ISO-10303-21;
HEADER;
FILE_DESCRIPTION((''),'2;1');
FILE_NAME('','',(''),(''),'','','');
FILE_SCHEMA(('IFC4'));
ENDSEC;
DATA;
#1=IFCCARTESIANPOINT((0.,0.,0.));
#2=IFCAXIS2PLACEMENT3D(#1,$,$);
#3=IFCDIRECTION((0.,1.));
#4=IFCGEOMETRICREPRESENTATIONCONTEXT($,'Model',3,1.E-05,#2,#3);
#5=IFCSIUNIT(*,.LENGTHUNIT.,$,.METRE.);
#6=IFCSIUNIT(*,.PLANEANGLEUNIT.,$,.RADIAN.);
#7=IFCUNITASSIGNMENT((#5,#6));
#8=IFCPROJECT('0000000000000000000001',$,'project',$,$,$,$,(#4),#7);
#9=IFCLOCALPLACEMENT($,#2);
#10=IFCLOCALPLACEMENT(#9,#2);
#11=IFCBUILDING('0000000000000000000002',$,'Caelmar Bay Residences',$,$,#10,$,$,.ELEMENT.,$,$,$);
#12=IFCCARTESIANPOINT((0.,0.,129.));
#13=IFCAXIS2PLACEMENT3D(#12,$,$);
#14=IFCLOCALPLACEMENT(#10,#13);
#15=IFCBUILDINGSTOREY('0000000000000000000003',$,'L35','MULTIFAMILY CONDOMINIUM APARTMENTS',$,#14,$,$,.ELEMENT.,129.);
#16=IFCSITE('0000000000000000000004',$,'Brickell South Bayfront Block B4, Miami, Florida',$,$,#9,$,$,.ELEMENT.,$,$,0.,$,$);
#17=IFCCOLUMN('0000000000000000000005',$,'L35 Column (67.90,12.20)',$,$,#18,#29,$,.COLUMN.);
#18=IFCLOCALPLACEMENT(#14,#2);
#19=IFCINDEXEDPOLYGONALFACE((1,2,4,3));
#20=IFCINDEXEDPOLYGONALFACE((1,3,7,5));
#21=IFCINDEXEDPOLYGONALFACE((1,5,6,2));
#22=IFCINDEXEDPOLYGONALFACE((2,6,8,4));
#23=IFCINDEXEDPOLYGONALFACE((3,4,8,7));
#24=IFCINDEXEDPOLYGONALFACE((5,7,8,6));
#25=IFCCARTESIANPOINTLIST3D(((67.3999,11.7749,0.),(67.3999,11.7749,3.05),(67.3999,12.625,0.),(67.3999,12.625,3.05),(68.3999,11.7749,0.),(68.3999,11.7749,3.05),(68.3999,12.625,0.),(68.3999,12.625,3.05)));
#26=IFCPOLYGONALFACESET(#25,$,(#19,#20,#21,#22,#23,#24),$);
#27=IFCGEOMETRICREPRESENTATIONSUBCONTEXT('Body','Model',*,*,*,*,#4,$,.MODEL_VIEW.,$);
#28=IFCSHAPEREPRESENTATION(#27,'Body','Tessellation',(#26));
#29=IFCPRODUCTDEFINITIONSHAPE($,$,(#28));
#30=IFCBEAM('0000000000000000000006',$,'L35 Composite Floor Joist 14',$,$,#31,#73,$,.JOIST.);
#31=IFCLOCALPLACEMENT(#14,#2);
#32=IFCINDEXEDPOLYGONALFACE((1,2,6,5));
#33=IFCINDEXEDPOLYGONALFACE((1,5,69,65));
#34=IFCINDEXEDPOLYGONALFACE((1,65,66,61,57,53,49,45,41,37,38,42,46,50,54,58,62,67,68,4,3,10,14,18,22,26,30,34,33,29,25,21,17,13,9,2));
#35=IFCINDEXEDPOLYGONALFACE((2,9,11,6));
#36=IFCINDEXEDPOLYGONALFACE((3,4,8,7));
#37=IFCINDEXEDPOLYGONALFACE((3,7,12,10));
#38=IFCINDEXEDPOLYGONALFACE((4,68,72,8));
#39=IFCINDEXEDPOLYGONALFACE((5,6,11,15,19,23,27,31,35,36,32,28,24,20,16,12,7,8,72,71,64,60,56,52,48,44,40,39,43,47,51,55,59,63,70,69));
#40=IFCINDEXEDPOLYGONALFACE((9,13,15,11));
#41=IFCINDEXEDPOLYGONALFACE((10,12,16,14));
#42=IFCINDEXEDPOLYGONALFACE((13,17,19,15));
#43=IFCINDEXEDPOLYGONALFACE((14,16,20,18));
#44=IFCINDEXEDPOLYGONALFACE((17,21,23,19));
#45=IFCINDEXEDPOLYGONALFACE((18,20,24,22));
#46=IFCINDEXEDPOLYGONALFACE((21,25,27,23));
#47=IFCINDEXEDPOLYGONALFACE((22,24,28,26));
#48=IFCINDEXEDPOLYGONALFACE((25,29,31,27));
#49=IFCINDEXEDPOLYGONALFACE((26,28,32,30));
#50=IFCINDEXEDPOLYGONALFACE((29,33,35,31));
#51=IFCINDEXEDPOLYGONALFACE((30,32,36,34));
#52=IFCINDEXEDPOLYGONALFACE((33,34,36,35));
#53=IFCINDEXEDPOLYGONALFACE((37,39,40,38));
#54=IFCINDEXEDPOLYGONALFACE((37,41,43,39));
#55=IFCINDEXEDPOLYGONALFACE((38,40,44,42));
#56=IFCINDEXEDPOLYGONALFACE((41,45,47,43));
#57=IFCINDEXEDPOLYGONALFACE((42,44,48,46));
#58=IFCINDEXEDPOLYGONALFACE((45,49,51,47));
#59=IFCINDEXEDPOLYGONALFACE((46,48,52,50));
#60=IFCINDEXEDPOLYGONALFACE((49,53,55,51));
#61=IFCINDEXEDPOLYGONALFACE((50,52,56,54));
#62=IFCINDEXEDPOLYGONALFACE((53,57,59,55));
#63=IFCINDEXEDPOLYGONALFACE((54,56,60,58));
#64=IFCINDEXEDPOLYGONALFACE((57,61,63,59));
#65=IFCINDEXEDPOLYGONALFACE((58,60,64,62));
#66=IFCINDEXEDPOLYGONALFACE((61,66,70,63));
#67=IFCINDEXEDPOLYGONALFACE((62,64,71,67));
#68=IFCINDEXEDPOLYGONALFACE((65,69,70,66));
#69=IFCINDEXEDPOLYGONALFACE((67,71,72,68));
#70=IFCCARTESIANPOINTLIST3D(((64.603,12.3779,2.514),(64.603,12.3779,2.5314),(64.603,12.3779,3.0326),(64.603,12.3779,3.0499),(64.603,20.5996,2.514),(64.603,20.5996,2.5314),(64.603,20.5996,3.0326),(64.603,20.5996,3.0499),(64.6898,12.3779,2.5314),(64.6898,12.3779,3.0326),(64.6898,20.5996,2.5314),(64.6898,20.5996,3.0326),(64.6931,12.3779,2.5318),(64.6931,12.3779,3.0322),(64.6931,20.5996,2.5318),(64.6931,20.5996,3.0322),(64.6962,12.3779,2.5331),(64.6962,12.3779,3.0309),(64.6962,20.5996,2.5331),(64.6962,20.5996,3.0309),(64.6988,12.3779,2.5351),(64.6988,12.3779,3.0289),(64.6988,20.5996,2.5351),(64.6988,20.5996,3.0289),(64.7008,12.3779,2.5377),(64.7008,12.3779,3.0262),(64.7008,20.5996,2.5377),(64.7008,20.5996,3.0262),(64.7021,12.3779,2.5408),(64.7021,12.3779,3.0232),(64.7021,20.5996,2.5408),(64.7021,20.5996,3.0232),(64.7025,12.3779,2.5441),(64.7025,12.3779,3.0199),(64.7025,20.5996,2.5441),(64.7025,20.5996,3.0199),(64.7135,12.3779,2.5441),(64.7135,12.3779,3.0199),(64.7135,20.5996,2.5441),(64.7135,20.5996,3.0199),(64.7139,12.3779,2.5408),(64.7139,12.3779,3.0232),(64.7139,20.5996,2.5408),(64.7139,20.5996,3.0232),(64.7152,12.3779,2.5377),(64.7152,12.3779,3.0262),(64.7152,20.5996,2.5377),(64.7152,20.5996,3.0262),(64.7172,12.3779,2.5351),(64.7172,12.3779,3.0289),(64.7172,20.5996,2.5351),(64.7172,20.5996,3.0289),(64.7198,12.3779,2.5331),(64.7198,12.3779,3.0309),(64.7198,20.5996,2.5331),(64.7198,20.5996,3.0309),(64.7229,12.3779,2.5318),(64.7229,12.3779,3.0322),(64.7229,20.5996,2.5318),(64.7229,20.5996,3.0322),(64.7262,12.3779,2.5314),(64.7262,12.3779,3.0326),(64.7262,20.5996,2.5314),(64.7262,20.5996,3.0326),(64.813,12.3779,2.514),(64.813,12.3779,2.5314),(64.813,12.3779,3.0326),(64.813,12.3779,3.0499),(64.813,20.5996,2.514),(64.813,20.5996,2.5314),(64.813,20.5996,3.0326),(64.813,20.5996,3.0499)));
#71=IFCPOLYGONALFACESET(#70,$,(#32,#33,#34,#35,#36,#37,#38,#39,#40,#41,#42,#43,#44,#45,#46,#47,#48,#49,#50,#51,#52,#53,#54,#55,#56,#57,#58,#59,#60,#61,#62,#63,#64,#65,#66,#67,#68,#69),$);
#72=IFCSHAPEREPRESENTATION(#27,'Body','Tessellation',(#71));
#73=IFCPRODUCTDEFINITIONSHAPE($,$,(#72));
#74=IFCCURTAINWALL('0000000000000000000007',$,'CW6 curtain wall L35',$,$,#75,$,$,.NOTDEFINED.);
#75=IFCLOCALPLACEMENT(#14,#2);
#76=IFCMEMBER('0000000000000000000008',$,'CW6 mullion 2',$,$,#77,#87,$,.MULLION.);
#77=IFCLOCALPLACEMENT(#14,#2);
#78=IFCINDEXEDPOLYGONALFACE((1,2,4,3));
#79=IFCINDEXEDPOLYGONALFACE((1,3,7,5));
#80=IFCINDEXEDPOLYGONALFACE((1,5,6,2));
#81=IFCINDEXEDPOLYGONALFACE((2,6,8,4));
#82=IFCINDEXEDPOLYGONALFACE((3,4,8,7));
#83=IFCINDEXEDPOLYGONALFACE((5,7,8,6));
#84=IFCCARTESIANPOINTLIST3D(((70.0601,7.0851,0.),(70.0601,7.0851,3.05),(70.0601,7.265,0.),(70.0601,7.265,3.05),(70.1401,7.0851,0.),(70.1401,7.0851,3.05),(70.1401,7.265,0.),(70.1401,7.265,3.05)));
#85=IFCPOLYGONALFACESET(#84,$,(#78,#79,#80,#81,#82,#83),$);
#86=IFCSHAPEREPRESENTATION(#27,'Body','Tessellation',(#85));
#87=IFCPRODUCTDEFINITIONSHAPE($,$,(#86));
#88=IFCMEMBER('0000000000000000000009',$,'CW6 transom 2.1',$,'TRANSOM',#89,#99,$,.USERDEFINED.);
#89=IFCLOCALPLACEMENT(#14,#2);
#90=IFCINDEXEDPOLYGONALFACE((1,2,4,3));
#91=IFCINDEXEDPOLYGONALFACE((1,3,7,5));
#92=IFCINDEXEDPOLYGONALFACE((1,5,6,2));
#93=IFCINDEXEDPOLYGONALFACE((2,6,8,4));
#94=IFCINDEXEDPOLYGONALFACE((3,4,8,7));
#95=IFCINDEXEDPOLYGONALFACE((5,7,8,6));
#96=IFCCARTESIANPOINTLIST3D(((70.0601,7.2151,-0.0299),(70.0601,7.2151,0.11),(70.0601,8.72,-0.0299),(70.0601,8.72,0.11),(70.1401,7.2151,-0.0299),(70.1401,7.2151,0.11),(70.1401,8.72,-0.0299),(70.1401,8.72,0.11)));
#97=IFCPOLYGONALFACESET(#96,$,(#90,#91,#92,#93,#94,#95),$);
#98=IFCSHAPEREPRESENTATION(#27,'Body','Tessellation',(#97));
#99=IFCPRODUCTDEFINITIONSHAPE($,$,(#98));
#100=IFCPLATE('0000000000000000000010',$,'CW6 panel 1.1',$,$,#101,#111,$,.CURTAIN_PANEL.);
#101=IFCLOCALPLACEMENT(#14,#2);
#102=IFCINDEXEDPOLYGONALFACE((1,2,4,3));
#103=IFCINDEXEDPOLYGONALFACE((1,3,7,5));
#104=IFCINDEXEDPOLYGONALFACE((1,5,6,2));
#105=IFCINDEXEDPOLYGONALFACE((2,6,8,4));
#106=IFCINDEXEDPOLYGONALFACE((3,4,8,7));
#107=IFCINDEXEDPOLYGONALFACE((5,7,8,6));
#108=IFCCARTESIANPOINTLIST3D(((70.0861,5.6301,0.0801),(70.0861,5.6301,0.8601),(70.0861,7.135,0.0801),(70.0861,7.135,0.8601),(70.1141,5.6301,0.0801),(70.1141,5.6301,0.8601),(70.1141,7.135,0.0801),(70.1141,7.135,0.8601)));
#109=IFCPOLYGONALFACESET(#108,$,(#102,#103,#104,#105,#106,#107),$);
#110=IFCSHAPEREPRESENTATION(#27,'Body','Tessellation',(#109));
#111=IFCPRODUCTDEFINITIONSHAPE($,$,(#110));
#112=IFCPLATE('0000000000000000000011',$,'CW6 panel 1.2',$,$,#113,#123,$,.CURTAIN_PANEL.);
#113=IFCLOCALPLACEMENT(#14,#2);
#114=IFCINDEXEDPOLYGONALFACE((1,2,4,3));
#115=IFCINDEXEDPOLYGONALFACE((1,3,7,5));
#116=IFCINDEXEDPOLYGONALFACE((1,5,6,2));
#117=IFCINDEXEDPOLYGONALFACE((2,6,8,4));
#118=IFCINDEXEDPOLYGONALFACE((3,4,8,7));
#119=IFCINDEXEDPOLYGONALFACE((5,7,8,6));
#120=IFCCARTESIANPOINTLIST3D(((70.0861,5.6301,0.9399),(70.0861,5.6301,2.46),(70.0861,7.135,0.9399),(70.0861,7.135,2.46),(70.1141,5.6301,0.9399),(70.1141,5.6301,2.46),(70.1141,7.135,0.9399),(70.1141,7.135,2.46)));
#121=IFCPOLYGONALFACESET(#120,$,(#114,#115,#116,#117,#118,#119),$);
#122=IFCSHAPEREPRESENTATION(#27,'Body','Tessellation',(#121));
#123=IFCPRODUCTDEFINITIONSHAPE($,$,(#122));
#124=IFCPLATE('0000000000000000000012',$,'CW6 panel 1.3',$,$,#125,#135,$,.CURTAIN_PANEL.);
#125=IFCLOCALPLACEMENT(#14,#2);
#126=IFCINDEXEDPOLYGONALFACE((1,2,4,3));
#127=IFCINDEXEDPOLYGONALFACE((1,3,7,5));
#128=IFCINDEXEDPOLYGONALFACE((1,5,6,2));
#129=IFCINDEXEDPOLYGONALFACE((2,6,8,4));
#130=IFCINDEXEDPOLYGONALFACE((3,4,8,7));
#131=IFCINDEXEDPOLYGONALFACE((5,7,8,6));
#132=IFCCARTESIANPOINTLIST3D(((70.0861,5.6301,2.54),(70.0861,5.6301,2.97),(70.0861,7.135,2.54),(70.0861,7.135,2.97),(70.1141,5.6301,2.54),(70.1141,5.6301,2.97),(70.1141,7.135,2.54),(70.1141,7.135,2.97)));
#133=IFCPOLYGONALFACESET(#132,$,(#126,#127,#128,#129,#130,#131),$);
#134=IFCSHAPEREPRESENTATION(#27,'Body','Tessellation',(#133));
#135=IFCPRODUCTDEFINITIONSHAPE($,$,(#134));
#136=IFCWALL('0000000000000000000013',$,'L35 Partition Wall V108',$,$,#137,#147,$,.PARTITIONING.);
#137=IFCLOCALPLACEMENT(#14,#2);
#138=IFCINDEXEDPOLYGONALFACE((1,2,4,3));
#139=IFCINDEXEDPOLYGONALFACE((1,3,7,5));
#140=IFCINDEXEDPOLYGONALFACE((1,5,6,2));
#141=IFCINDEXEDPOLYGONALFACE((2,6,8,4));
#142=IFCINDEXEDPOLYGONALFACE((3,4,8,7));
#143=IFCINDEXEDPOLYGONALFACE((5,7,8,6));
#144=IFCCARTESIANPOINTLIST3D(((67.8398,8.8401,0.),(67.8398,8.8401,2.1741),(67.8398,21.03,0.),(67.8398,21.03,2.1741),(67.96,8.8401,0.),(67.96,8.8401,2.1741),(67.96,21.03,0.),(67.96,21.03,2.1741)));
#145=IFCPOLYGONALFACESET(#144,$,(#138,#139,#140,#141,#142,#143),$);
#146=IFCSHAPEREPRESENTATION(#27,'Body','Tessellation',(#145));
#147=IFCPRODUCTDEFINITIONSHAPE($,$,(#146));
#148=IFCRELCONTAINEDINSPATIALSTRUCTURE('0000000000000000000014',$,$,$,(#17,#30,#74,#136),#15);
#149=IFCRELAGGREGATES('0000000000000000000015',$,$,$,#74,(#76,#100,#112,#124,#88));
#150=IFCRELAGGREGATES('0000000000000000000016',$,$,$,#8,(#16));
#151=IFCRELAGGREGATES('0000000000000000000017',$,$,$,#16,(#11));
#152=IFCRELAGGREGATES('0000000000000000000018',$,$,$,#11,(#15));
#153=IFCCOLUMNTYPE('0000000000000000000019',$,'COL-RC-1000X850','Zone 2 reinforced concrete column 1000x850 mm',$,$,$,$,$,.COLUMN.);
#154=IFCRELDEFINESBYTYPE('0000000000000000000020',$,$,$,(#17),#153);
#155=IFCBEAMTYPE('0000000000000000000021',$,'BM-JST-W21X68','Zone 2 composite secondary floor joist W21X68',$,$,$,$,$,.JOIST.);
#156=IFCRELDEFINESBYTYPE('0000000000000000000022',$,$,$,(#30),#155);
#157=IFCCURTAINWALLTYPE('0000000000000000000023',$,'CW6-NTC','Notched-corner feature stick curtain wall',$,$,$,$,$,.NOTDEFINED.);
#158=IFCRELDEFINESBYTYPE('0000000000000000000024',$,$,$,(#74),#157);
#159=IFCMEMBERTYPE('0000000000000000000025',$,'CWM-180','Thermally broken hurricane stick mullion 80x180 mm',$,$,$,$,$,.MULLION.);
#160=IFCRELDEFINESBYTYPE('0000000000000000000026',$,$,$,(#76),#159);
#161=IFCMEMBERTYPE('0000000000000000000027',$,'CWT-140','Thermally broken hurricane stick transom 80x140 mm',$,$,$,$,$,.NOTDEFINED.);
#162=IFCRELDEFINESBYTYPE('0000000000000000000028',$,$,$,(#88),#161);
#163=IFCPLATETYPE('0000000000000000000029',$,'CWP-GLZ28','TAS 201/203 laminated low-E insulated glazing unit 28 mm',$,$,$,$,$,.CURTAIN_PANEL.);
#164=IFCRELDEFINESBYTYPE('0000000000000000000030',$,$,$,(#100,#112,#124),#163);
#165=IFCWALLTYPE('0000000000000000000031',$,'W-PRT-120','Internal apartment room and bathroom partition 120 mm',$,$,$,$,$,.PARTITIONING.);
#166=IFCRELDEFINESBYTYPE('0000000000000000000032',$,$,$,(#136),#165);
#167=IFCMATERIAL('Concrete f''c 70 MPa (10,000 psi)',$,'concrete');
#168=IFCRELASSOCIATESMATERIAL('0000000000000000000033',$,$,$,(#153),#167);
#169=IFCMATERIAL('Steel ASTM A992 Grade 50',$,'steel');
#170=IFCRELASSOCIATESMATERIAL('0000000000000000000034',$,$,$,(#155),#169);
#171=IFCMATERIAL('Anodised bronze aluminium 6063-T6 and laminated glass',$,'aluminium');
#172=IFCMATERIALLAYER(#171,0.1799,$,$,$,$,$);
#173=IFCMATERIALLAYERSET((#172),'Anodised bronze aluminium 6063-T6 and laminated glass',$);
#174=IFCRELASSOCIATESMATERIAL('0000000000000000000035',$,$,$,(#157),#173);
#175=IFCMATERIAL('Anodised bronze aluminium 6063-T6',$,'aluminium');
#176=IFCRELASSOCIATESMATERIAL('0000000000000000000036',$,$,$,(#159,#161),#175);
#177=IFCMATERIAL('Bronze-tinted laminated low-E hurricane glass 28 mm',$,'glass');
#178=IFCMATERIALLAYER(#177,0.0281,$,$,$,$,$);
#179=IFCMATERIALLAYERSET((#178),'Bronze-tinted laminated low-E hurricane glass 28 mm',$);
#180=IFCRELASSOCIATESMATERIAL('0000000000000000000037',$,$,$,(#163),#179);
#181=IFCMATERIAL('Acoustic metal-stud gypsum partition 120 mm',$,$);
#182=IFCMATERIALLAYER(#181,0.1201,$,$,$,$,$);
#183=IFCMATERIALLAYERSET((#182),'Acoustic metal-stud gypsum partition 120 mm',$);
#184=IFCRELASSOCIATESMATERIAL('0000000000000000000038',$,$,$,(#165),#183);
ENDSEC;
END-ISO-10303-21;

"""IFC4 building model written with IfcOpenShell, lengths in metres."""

from ifc_helpers import new_model, si_unit, direction, frame, frame_2d, origin, origin_2d, place, context, subcontext, project, spatial, rectangle, i_section, extrude, material, layer, layer_set, material_profile, profile_set, type_object, element, aggregate, save


model = new_model("IFC4")

# Units and contexts
model_context = context("Model", 3, precision=1e-05, world=origin(), true_north=direction((0.0, 1.0)))
body_context = subcontext(model_context, "Body", "Model", "MODEL_VIEW")
ifc_project = project(units=[si_unit("LENGTHUNIT", "METRE"), si_unit("PLANEANGLEUNIT", "RADIAN")], contexts=[model_context])

# Site, building, storey
site_placement = place(None, origin())
site = spatial("IfcSite", under=ifc_project, at=site_placement, Name="Brickell South Bayfront Block B4, Miami, Florida", CompositionType="ELEMENT", RefElevation=0.0)
building_placement = place(site_placement, origin())
building = spatial("IfcBuilding", under=site, at=building_placement, Name="Caelmar Bay Residences", CompositionType="ELEMENT")
storey_placement = place(building_placement, frame((0.0, 0.0, 129.0)))
storey = spatial("IfcBuildingStorey", under=building, at=storey_placement, Name="L35", Description="MULTIFAMILY CONDOMINIUM APARTMENTS", CompositionType="ELEMENT", Elevation=129.0)

# Column
ifc_material_1 = material(Name="Concrete f'c 70 MPa (10,000 psi)", Category="concrete")
ifc_material_profile_1 = material_profile(ifc_material_1, rectangle(XDim=1.0, YDim=0.8501, at=origin_2d()), Name="RC-COL-1000X850")
ifc_profile_set_1 = profile_set([ifc_material_profile_1], Name="Concrete f'c 70 MPa (10,000 psi)")
column_type = type_object("IfcColumnType", Name="COL-RC-1000X850", Description="Zone 2 reinforced concrete column 1000x850 mm", PredefinedType="COLUMN", material=ifc_profile_set_1)
column_placement = place(storey_placement, frame((67.8999, 12.2, 0.0), z_axis=(0.0, 0.0, 1.0), x_axis=(1.0, 0.0, 0.0)))
element("IfcColumn", 1, at=column_placement, inside=storey, type_object=column_type, Name="L35 Column (67.90,12.20)", PredefinedType="COLUMN", context=body_context, shape_type="SweptSolid", body=[
    extrude(rectangle(XDim=1.0, YDim=0.8501, at=origin_2d()), origin(), (0.0, 0.0, 1.0), 3.05),
])

# Beam
ifc_material_2 = material(Name="Steel ASTM A992 Grade 50", Category="steel")
ifc_material_profile_2 = material_profile(ifc_material_2, i_section(OverallWidth=0.21, OverallDepth=0.5359, WebThickness=0.011, FlangeThickness=0.0173, FilletRadius=0.0127, at=origin_2d()), Name="W21X68")
ifc_profile_set_2 = profile_set([ifc_material_profile_2], Name="Steel ASTM A992 Grade 50")
beam_type = type_object("IfcBeamType", Name="BM-JST-W21X68", Description="Zone 2 composite secondary floor joist W21X68", PredefinedType="JOIST", material=ifc_profile_set_2)
beam_placement = place(storey_placement, frame((64.708, 12.3779, 2.782), z_axis=(0.0, 1.0, 0.0), x_axis=(-1.0, 0.0, 0.0)))
element("IfcBeam", 2, at=beam_placement, inside=storey, type_object=beam_type, Name="L35 Composite Floor Joist 14", PredefinedType="JOIST", context=body_context, shape_type="SweptSolid", body=[
    extrude(i_section(OverallWidth=0.21, OverallDepth=0.5359, WebThickness=0.011, FlangeThickness=0.0173, FilletRadius=0.0127, at=origin_2d()), origin(), (0.0, 0.0, 1.0), 8.2217),
])

# Curtain wall, members, plates
ifc_material_3 = material(Name="Anodised bronze aluminium 6063-T6 and laminated glass", Category="aluminium")
ifc_layer_1 = layer(ifc_material_3, 0.1799)
ifc_layer_set_1 = layer_set([ifc_layer_1], Name="Anodised bronze aluminium 6063-T6 and laminated glass")
curtain_wall_type = type_object("IfcCurtainWallType", Name="CW6-NTC", Description="Notched-corner feature stick curtain wall", PredefinedType="NOTDEFINED", material=ifc_layer_set_1)
curtain_wall_placement = place(storey_placement, origin())
curtain_wall = element("IfcCurtainWall", 3, at=curtain_wall_placement, inside=storey, type_object=curtain_wall_type, Name="CW6 curtain wall L35", PredefinedType="NOTDEFINED")
ifc_material_4 = material(Name="Anodised bronze aluminium 6063-T6", Category="aluminium")
ifc_material_profile_3 = material_profile(ifc_material_4, rectangle(XDim=0.0801, YDim=0.1799, at=origin_2d()), Name="CWM-80X180")
ifc_profile_set_3 = profile_set([ifc_material_profile_3], Name="Anodised bronze aluminium 6063-T6")
member_type_1 = type_object("IfcMemberType", Name="CWM-180", Description="Thermally broken hurricane stick mullion 80x180 mm", PredefinedType="MULLION", material=ifc_profile_set_3)
member_1_placement = place(storey_placement, frame((70.1001, 7.175, 0.0), z_axis=(0.0, 0.0, 1.0), x_axis=(-1.0, 0.0, 0.0)))
member_1 = element("IfcMember", 4, at=member_1_placement, type_object=member_type_1, Name="CW6 mullion 2", PredefinedType="MULLION", context=body_context, shape_type="SweptSolid", body=[
    extrude(rectangle(XDim=0.0801, YDim=0.1799, at=origin_2d()), origin(), (0.0, 0.0, 1.0), 3.05),
])
ifc_material_profile_4 = material_profile(ifc_material_4, rectangle(XDim=0.0801, YDim=0.1399, at=origin_2d()), Name="CWT-80X140")
ifc_profile_set_4 = profile_set([ifc_material_profile_4], Name="Anodised bronze aluminium 6063-T6")
member_type_2 = type_object("IfcMemberType", Name="CWT-140", Description="Thermally broken hurricane stick transom 80x140 mm", PredefinedType="NOTDEFINED", material=ifc_profile_set_4)
member_2_placement = place(storey_placement, frame((70.1001, 7.2151, 0.04), z_axis=(0.0, 1.0, 0.0), x_axis=(-1.0, 0.0, 0.0)))
member_2 = element("IfcMember", 5, at=member_2_placement, type_object=member_type_2, Name="CW6 transom 2.1", ObjectType="TRANSOM", PredefinedType="USERDEFINED", context=body_context, shape_type="SweptSolid", body=[
    extrude(rectangle(XDim=0.0801, YDim=0.1399, at=origin_2d()), origin(), (0.0, 0.0, 1.0), 1.5049),
])
ifc_material_5 = material(Name="Bronze-tinted laminated low-E hurricane glass 28 mm", Category="glass")
ifc_layer_2 = layer(ifc_material_5, 0.0281)
ifc_layer_set_2 = layer_set([ifc_layer_2], Name="Bronze-tinted laminated low-E hurricane glass 28 mm")
plate_type = type_object("IfcPlateType", Name="CWP-GLZ28", Description="TAS 201/203 laminated low-E insulated glazing unit 28 mm", PredefinedType="CURTAIN_PANEL", material=ifc_layer_set_2)
plate_1_placement = place(storey_placement, frame((70.1001, 6.3826, 0.0801), z_axis=(0.0, 0.0, 1.0), x_axis=(0.0, 1.0, 0.0)))
plate_1 = element("IfcPlate", 6, at=plate_1_placement, type_object=plate_type, Name="CW6 panel 1.1", PredefinedType="CURTAIN_PANEL", context=body_context, shape_type="SweptSolid", body=[
    extrude(rectangle(XDim=1.5049, YDim=0.0281, at=origin_2d()), origin(), (0.0, 0.0, 1.0), 0.78),
])
plate_2_placement = place(storey_placement, frame((70.1001, 6.3826, 0.9399), z_axis=(0.0, 0.0, 1.0), x_axis=(0.0, 1.0, 0.0)))
plate_2 = element("IfcPlate", 7, at=plate_2_placement, type_object=plate_type, Name="CW6 panel 1.2", PredefinedType="CURTAIN_PANEL", context=body_context, shape_type="SweptSolid", body=[
    extrude(rectangle(XDim=1.5049, YDim=0.0281, at=origin_2d()), origin(), (0.0, 0.0, 1.0), 1.52),
])
plate_3_placement = place(storey_placement, frame((70.1001, 6.3826, 2.54), z_axis=(0.0, 0.0, 1.0), x_axis=(0.0, 1.0, 0.0)))
plate_3 = element("IfcPlate", 8, at=plate_3_placement, type_object=plate_type, Name="CW6 panel 1.3", PredefinedType="CURTAIN_PANEL", context=body_context, shape_type="SweptSolid", body=[
    extrude(rectangle(XDim=1.5049, YDim=0.0281, at=origin_2d()), origin(), (0.0, 0.0, 1.0), 0.4299),
])
aggregate(curtain_wall, [member_1, plate_1, plate_2, plate_3, member_2])

# Wall
ifc_material_6 = material(Name="Acoustic metal-stud gypsum partition 120 mm")
ifc_layer_3 = layer(ifc_material_6, 0.1201)
ifc_layer_set_3 = layer_set([ifc_layer_3], Name="Acoustic metal-stud gypsum partition 120 mm")
wall_type = type_object("IfcWallType", Name="W-PRT-120", Description="Internal apartment room and bathroom partition 120 mm", PredefinedType="PARTITIONING", material=ifc_layer_set_3)
wall_placement = place(storey_placement, frame((67.8999, 8.8401, 0.0), z_axis=(0.0, 0.0, 1.0), x_axis=(0.0, 1.0, 0.0)))
element("IfcWall", 9, at=wall_placement, inside=storey, type_object=wall_type, Name="L35 Partition Wall V108", PredefinedType="PARTITIONING", context=body_context, shape_type="SweptSolid", body=[
    extrude(rectangle(XDim=12.1899, YDim=0.1201, at=frame_2d((6.095, 0.0))), origin(), (0.0, 0.0, 1.0), 2.1741),
])

save(model, "model.ifc")
